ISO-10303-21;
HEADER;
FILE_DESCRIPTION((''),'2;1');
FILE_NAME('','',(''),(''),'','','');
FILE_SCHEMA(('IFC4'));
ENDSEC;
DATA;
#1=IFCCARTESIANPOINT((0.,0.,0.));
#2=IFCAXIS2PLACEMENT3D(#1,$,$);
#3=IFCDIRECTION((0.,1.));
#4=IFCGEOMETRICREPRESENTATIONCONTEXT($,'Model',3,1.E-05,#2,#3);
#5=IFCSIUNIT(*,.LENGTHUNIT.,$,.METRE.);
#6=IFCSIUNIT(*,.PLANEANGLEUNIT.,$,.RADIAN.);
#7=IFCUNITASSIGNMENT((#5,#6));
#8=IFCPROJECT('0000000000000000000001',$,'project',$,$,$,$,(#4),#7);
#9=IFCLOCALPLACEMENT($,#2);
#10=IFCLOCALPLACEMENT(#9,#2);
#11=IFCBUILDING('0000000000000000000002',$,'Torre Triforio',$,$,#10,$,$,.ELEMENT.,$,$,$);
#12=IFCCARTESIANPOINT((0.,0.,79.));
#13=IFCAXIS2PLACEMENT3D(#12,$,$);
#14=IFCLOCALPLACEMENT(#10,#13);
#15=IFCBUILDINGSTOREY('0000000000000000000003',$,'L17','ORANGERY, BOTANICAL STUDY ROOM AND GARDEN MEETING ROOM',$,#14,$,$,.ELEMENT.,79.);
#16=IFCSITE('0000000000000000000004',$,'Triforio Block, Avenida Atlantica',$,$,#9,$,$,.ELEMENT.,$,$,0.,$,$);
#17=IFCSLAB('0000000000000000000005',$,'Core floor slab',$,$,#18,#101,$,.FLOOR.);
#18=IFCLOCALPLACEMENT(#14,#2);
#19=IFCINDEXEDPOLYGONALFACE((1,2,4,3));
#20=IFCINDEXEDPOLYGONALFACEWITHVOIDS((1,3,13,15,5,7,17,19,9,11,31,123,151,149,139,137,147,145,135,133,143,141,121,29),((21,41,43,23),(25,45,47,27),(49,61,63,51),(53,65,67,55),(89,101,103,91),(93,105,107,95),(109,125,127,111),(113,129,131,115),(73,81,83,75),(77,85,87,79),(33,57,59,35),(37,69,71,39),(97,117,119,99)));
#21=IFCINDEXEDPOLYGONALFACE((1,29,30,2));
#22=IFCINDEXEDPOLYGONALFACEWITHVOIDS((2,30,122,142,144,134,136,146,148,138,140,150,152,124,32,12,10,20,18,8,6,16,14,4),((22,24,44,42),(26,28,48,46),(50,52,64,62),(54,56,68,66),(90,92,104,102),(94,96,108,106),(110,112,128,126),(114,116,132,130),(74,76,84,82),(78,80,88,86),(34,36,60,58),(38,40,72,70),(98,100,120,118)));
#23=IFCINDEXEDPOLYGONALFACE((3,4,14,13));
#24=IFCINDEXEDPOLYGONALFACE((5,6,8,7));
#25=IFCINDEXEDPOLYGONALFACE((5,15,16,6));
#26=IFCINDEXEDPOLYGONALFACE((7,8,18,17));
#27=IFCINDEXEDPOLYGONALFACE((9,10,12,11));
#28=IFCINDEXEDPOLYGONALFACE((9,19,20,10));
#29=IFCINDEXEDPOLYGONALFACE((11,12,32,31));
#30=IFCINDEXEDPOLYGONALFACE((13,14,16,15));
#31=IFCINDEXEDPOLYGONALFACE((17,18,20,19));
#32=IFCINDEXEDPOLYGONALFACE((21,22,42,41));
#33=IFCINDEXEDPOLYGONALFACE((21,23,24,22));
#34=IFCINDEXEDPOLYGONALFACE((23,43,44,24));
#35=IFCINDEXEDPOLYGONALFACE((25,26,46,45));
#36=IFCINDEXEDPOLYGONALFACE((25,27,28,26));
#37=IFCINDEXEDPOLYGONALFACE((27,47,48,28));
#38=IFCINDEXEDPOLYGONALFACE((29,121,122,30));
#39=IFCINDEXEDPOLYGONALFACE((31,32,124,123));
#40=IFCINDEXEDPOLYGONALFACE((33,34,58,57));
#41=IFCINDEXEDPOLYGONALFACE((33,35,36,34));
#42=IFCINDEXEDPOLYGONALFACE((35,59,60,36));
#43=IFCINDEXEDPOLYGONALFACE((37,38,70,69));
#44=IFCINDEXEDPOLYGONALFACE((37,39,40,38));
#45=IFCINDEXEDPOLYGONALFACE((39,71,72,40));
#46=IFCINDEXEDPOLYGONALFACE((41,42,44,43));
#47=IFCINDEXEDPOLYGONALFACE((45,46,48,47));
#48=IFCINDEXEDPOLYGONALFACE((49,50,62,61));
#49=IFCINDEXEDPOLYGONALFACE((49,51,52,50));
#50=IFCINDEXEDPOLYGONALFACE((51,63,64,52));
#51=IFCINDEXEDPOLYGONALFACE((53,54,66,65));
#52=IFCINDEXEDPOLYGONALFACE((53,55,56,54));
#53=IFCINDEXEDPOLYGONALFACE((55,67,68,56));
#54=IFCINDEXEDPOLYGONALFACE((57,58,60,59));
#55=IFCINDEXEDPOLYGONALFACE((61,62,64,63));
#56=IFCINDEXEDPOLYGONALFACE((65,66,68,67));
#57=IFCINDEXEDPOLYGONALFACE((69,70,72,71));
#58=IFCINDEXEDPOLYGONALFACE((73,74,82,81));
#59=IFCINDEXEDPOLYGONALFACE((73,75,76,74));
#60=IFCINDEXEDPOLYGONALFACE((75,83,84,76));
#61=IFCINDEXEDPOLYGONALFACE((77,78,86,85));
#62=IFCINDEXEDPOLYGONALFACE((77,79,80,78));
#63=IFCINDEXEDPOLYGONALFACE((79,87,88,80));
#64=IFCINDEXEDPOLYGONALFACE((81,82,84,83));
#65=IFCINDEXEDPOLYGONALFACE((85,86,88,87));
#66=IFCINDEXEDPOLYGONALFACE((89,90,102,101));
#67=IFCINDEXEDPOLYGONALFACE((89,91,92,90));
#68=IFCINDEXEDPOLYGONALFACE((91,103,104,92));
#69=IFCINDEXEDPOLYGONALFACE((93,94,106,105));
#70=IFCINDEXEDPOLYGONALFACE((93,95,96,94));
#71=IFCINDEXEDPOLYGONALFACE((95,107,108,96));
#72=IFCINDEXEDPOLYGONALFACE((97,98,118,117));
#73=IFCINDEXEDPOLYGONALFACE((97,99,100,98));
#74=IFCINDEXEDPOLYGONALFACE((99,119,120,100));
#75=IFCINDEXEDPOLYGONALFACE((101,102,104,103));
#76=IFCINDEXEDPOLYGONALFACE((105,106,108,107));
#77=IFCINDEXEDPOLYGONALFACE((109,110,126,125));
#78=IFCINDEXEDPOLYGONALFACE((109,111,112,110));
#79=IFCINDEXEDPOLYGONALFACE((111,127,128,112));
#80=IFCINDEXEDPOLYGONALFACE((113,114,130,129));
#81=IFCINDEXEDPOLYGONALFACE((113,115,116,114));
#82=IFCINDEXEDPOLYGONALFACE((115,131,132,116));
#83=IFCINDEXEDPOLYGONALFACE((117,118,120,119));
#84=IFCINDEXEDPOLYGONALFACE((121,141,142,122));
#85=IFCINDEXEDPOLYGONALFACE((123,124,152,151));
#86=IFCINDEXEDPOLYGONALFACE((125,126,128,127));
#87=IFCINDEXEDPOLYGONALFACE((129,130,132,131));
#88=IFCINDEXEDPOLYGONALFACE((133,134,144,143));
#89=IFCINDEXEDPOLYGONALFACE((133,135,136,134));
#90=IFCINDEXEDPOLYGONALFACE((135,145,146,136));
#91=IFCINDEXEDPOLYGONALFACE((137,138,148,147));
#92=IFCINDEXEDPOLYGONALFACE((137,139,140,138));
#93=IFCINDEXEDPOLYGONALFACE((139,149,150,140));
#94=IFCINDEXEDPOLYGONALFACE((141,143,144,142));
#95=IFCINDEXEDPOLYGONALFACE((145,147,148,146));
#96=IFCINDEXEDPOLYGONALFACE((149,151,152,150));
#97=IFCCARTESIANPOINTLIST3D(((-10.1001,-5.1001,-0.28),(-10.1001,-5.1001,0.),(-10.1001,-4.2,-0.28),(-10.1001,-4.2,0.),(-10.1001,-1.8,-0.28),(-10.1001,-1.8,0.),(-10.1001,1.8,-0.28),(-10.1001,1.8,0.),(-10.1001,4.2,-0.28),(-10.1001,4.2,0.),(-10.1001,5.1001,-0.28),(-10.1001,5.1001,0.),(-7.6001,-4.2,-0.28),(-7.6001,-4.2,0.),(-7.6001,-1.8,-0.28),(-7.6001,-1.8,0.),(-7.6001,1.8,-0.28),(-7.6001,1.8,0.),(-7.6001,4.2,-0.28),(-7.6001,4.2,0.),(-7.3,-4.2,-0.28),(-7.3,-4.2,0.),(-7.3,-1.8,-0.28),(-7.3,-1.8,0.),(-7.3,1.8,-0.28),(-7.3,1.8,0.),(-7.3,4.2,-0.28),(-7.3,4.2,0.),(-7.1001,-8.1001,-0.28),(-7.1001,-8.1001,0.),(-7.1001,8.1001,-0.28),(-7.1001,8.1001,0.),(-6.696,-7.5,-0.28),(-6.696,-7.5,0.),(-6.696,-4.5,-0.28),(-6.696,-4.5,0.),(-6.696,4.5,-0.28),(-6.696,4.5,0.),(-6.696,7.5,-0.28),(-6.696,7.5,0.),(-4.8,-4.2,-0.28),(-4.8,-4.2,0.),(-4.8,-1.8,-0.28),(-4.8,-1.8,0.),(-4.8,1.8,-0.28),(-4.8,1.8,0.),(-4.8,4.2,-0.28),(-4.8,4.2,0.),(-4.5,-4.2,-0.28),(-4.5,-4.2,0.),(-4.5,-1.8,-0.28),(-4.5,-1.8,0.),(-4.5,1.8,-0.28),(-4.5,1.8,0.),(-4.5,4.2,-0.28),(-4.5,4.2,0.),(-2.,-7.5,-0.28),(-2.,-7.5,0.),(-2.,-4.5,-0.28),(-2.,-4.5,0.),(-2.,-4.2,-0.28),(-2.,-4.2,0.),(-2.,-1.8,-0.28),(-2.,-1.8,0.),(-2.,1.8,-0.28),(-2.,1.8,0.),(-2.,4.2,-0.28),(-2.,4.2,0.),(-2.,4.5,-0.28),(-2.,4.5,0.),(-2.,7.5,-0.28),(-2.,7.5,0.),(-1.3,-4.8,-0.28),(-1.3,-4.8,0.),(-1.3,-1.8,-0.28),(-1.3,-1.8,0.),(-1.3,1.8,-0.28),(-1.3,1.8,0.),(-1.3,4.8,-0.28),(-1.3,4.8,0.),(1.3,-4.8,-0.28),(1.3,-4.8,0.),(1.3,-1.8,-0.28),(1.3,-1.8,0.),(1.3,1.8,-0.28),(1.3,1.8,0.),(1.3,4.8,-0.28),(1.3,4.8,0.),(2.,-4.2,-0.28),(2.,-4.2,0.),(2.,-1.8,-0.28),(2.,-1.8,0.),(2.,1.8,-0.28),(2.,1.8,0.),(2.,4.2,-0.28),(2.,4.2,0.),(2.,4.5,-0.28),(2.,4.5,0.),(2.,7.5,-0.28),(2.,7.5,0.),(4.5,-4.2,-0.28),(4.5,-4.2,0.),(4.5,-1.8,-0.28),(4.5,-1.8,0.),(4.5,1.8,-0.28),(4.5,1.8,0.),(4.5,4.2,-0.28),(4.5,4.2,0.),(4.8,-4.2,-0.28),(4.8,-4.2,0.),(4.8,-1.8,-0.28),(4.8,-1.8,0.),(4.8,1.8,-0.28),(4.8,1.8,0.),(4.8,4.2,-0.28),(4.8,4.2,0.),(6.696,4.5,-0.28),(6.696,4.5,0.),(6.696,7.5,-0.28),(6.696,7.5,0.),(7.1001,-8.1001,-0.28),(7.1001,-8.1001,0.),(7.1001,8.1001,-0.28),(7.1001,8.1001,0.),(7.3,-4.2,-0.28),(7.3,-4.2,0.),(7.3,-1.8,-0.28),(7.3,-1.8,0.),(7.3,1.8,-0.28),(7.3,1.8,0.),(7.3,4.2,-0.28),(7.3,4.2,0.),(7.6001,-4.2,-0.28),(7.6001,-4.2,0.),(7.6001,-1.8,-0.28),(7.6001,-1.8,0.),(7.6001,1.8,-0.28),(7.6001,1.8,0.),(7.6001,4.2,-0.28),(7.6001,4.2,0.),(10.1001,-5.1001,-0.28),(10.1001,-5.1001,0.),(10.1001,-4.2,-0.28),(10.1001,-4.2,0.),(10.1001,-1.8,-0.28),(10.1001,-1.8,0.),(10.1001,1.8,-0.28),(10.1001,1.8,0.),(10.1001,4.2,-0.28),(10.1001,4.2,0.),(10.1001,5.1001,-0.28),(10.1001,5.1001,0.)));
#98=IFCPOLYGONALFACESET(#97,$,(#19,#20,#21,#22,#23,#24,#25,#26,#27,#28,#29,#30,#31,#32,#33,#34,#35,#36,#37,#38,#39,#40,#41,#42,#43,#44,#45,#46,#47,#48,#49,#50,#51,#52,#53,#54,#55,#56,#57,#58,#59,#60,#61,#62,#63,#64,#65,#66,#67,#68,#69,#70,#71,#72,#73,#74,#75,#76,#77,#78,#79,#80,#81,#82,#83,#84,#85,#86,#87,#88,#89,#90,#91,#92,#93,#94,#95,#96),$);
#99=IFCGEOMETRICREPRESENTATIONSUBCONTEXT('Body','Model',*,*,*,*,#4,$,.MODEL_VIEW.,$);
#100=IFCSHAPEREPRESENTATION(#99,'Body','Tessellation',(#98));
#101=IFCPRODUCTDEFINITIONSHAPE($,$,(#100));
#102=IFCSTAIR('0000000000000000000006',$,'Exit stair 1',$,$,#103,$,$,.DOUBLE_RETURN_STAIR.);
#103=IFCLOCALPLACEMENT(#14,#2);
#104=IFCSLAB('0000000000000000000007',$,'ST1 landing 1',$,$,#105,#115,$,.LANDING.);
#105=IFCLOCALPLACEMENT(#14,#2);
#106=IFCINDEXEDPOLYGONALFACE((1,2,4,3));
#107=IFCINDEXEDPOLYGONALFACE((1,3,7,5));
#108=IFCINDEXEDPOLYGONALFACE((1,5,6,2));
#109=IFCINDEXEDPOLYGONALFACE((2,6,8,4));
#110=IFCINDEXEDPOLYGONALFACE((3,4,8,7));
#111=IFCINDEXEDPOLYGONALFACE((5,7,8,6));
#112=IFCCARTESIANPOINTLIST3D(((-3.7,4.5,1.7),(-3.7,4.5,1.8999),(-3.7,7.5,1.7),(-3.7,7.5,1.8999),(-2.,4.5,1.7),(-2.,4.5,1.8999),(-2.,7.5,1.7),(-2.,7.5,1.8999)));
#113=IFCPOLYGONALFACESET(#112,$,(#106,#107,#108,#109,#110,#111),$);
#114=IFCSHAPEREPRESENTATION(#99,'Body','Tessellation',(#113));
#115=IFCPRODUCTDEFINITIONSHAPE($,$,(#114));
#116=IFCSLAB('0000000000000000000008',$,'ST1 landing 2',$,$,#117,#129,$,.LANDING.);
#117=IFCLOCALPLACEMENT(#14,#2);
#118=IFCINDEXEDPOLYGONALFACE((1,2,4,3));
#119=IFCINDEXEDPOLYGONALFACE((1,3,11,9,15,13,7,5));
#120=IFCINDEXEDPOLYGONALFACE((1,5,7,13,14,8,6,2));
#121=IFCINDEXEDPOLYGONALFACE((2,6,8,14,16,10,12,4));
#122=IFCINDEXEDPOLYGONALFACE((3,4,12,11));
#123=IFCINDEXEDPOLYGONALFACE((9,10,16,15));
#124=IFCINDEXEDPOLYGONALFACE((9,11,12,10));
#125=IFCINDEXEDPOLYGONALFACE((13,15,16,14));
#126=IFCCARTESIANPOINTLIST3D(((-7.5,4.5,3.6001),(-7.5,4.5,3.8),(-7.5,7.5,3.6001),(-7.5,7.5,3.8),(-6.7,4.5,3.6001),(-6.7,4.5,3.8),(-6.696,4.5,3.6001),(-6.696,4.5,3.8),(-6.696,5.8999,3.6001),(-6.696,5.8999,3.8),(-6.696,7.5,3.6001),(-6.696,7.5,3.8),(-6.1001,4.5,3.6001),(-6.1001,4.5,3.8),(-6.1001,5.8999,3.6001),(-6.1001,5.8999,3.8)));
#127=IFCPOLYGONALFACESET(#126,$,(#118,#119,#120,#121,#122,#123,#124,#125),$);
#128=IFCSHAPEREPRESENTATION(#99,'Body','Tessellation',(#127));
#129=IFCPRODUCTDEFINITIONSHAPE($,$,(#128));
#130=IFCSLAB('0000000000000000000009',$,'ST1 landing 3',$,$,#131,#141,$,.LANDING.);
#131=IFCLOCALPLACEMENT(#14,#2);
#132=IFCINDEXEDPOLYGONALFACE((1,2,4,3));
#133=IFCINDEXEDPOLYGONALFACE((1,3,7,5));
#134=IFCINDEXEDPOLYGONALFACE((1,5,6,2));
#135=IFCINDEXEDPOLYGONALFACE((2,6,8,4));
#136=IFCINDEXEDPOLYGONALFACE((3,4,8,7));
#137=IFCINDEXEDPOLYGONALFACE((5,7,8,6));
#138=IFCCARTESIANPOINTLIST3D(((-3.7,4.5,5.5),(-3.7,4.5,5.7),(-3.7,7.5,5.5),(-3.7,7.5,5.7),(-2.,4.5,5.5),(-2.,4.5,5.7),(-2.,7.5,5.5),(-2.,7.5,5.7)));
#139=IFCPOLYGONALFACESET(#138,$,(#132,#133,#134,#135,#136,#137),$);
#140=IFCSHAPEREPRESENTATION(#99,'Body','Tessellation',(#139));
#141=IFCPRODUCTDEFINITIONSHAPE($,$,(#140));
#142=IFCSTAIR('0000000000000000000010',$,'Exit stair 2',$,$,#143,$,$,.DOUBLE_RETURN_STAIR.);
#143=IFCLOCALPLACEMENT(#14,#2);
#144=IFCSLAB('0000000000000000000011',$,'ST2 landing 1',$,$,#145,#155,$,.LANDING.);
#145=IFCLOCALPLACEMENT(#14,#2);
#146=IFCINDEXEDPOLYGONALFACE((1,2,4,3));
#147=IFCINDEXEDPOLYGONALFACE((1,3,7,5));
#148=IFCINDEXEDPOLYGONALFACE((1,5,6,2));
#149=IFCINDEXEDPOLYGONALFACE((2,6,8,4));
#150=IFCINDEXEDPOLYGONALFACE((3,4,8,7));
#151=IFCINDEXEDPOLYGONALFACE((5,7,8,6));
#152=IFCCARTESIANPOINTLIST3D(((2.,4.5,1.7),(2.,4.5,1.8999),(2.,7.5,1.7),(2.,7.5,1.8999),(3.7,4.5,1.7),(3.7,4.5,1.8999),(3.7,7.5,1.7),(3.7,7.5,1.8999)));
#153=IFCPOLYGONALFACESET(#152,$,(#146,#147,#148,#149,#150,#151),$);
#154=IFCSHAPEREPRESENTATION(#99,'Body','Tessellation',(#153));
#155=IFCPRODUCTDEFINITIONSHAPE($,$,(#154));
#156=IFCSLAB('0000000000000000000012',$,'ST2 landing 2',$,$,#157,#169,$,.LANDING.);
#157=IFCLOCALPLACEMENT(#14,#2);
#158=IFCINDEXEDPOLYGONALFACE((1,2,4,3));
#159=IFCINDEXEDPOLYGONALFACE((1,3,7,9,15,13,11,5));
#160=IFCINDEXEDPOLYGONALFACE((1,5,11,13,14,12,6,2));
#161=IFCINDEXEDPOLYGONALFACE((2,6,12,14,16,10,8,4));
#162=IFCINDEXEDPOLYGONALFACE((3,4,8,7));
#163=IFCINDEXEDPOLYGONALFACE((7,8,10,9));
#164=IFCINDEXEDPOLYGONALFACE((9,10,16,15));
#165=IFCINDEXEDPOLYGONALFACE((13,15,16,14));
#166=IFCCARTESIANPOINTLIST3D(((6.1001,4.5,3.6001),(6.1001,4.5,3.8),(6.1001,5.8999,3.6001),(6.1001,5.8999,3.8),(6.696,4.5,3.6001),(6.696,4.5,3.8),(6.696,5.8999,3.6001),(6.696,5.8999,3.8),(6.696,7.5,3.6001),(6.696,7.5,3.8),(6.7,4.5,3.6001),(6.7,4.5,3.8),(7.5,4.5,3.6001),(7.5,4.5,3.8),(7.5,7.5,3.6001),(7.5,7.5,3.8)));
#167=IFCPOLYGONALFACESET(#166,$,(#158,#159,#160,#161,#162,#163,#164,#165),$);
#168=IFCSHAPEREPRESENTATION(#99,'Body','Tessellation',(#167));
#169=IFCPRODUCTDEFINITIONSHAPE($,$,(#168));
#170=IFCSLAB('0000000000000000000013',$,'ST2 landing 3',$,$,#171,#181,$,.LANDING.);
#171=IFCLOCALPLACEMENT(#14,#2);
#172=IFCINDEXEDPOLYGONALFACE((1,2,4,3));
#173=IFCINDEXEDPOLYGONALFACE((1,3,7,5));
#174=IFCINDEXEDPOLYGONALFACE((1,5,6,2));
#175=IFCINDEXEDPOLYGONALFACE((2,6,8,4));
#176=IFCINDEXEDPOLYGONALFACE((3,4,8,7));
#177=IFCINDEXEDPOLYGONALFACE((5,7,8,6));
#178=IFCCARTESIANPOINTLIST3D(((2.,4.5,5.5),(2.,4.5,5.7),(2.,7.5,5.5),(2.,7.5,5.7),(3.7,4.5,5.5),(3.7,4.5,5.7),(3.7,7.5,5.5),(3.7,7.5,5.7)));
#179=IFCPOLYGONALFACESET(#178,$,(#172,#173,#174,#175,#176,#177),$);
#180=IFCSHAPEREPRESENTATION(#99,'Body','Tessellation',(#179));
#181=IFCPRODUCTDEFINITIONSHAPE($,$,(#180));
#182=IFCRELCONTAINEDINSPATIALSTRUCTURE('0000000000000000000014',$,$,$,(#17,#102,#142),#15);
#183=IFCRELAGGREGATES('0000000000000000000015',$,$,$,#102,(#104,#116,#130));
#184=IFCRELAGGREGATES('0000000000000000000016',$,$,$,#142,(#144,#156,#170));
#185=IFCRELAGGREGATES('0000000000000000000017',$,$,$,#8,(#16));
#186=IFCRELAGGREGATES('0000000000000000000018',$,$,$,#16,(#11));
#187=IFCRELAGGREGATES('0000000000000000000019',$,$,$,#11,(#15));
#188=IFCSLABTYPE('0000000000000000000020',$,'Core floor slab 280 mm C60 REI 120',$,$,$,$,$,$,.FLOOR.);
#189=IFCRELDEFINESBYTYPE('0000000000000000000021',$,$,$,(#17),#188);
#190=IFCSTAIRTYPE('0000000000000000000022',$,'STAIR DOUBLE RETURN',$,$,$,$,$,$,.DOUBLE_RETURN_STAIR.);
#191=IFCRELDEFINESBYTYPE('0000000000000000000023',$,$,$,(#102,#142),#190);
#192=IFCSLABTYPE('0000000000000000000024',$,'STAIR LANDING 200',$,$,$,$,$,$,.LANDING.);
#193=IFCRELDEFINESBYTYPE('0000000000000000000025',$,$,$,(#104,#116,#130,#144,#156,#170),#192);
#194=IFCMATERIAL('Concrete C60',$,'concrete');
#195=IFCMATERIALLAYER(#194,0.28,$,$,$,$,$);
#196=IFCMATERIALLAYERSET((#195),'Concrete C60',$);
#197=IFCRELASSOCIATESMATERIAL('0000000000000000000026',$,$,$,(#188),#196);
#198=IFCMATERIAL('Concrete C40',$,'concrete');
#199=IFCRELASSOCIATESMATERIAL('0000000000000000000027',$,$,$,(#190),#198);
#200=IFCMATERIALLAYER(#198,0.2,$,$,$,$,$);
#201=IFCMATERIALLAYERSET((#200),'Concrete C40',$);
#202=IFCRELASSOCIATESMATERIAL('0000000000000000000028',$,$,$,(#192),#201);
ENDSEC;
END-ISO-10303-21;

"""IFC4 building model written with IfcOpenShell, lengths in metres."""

from ifc_helpers import new_model, si_unit, direction, frame, origin, place, context, subcontext, project, spatial, polyline, outline, extrude, material, layer, layer_set, type_object, element, aggregate, save


model = new_model("IFC4")

# Units and contexts
model_context = context("Model", 3, precision=1e-05, world=origin(), true_north=direction((0.0, 1.0)))
body_context = subcontext(model_context, "Body", "Model", "MODEL_VIEW")
ifc_project = project(units=[si_unit("LENGTHUNIT", "METRE"), si_unit("PLANEANGLEUNIT", "RADIAN")], contexts=[model_context])

# Site, building, storey
site_placement = place(None, origin())
site = spatial("IfcSite", under=ifc_project, at=site_placement, Name="Triforio Block, Avenida Atlantica", CompositionType="ELEMENT", RefElevation=0.0)
building_placement = place(site_placement, origin())
building = spatial("IfcBuilding", under=site, at=building_placement, Name="Torre Triforio", CompositionType="ELEMENT")
storey_placement = place(building_placement, frame((0.0, 0.0, 79.0)))
storey = spatial("IfcBuildingStorey", under=building, at=storey_placement, Name="L17", Description="ORANGERY, BOTANICAL STUDY ROOM AND GARDEN MEETING ROOM", CompositionType="ELEMENT", Elevation=79.0)

# Slab
ifc_material_1 = material(Name="Concrete C60", Category="concrete")
ifc_layer_1 = layer(ifc_material_1, 0.28)
ifc_layer_set_1 = layer_set([ifc_layer_1], Name="Concrete C60")
slab_type_1 = type_object("IfcSlabType", Name="Core floor slab 280 mm C60 REI 120", PredefinedType="FLOOR", material=ifc_layer_set_1)
slab_1_placement = place(storey_placement, frame((0.0, 0.0, -0.28)))
element("IfcSlab", 1, at=slab_1_placement, inside=storey, type_object=slab_type_1, Name="Core floor slab", PredefinedType="FLOOR", context=body_context, shape_type="SweptSolid", body=[
    extrude(outline(polyline([(10.1001, -5.1001), (7.1001, -8.1001), (-7.1001, -8.1001), (-10.1001, -5.1001), (-10.1001, -4.2), (-7.6001, -4.2), (-7.6001, -1.8), (-10.1001, -1.8), (-10.1001, 1.8), (-7.6001, 1.8), (-7.6001, 4.2), (-10.1001, 4.2), (-10.1001, 5.1001), (-7.1001, 8.1001), (7.1001, 8.1001), (10.1001, 5.1001), (10.1001, 4.2), (7.6001, 4.2), (7.6001, 1.8), (10.1001, 1.8), (10.1001, -1.8), (7.6001, -1.8), (7.6001, -4.2), (10.1001, -4.2), (10.1001, -5.1001)]), holes=[polyline([(-2.0, -4.5), (-6.696, -4.5), (-6.696, -7.5), (-2.0, -7.5), (-2.0, -4.5)]), polyline([(-4.8, -1.8), (-7.3, -1.8), (-7.3, -4.2), (-4.8, -4.2), (-4.8, -1.8)]), polyline([(-2.0, -1.8), (-4.5, -1.8), (-4.5, -4.2), (-2.0, -4.2), (-2.0, -1.8)]), polyline([(-4.8, 4.2), (-7.3, 4.2), (-7.3, 1.8), (-4.8, 1.8), (-4.8, 4.2)]), polyline([(-2.0, 4.2), (-4.5, 4.2), (-4.5, 1.8), (-2.0, 1.8), (-2.0, 4.2)]), polyline([(1.3, 4.8), (-1.3, 4.8), (-1.3, 1.8), (1.3, 1.8), (1.3, 4.8)]), polyline([(-2.0, 7.5), (-6.696, 7.5), (-6.696, 4.5), (-2.0, 4.5), (-2.0, 7.5)]), polyline([(1.3, -1.8), (-1.3, -1.8), (-1.3, -4.8), (1.3, -4.8), (1.3, -1.8)]), polyline([(4.5, -1.8), (2.0, -1.8), (2.0, -4.2), (4.5, -4.2), (4.5, -1.8)]), polyline([(7.3, -1.8), (4.8, -1.8), (4.8, -4.2), (7.3, -4.2), (7.3, -1.8)]), polyline([(4.5, 4.2), (2.0, 4.2), (2.0, 1.8), (4.5, 1.8), (4.5, 4.2)]), polyline([(7.3, 4.2), (4.8, 4.2), (4.8, 1.8), (7.3, 1.8), (7.3, 4.2)]), polyline([(6.696, 4.5), (6.696, 7.5), (2.0, 7.5), (2.0, 4.5), (6.696, 4.5)])]), origin(), (0.0, 0.0, 1.0), 0.28),
])

# Stairs, slabs
ifc_material_2 = material(Name="Concrete C40", Category="concrete")
stair_type = type_object("IfcStairType", Name="STAIR DOUBLE RETURN", PredefinedType="DOUBLE_RETURN_STAIR", material=ifc_material_2)
stair_1_placement = place(storey_placement, origin())
stair_1 = element("IfcStair", 2, at=stair_1_placement, inside=storey, type_object=stair_type, Name="Exit stair 1", PredefinedType="DOUBLE_RETURN_STAIR")
ifc_layer_2 = layer(ifc_material_2, 0.2)
ifc_layer_set_2 = layer_set([ifc_layer_2], Name="Concrete C40")
slab_type_2 = type_object("IfcSlabType", Name="STAIR LANDING 200", PredefinedType="LANDING", material=ifc_layer_set_2)
slab_2_placement = place(storey_placement, frame((0.0, 0.0, 1.7)))
slab_2 = element("IfcSlab", 3, at=slab_2_placement, type_object=slab_type_2, Name="ST1 landing 1", PredefinedType="LANDING", context=body_context, shape_type="SweptSolid", body=[
    extrude(outline(polyline([(-2.0, 4.5), (-2.0, 7.5), (-3.7, 7.5), (-3.7, 4.5), (-2.0, 4.5)])), origin(), (0.0, 0.0, 1.0), 0.2),
])
slab_3_placement = place(storey_placement, frame((0.0, 0.0, 3.6001)))
slab_3 = element("IfcSlab", 4, at=slab_3_placement, type_object=slab_type_2, Name="ST1 landing 2", PredefinedType="LANDING", context=body_context, shape_type="SweptSolid", body=[
    extrude(outline(polyline([(-6.1001, 5.8999), (-6.1001, 4.5), (-6.696, 4.5), (-6.7, 4.5), (-7.5, 4.5), (-7.5, 7.5), (-6.696, 7.5), (-6.696, 5.8999), (-6.1001, 5.8999)])), origin(), (0.0, 0.0, 1.0), 0.2),
])
slab_4_placement = place(storey_placement, frame((0.0, 0.0, 5.5)))
slab_4 = element("IfcSlab", 5, at=slab_4_placement, type_object=slab_type_2, Name="ST1 landing 3", PredefinedType="LANDING", context=body_context, shape_type="SweptSolid", body=[
    extrude(outline(polyline([(-2.0, 4.5), (-2.0, 7.5), (-3.7, 7.5), (-3.7, 4.5), (-2.0, 4.5)])), origin(), (0.0, 0.0, 1.0), 0.2),
])
aggregate(stair_1, [slab_2, slab_3, slab_4])
stair_2_placement = place(storey_placement, origin())
stair_2 = element("IfcStair", 6, at=stair_2_placement, inside=storey, type_object=stair_type, Name="Exit stair 2", PredefinedType="DOUBLE_RETURN_STAIR")
slab_5_placement = place(storey_placement, frame((0.0, 0.0, 1.7)))
slab_5 = element("IfcSlab", 7, at=slab_5_placement, type_object=slab_type_2, Name="ST2 landing 1", PredefinedType="LANDING", context=body_context, shape_type="SweptSolid", body=[
    extrude(outline(polyline([(3.7, 4.5), (3.7, 7.5), (2.0, 7.5), (2.0, 4.5), (3.7, 4.5)])), origin(), (0.0, 0.0, 1.0), 0.2),
])
slab_6_placement = place(storey_placement, frame((0.0, 0.0, 3.6001)))
slab_6 = element("IfcSlab", 8, at=slab_6_placement, type_object=slab_type_2, Name="ST2 landing 2", PredefinedType="LANDING", context=body_context, shape_type="SweptSolid", body=[
    extrude(outline(polyline([(6.1001, 4.5), (6.1001, 5.8999), (6.696, 5.8999), (6.696, 7.5), (7.5, 7.5), (7.5, 4.5), (6.7, 4.5), (6.696, 4.5), (6.1001, 4.5)])), origin(), (0.0, 0.0, 1.0), 0.2),
])
slab_7_placement = place(storey_placement, frame((0.0, 0.0, 5.5)))
slab_7 = element("IfcSlab", 9, at=slab_7_placement, type_object=slab_type_2, Name="ST2 landing 3", PredefinedType="LANDING", context=body_context, shape_type="SweptSolid", body=[
    extrude(outline(polyline([(3.7, 4.5), (3.7, 7.5), (2.0, 7.5), (2.0, 4.5), (3.7, 4.5)])), origin(), (0.0, 0.0, 1.0), 0.2),
])
aggregate(stair_2, [slab_5, slab_6, slab_7])

save(model, "model.ifc")
